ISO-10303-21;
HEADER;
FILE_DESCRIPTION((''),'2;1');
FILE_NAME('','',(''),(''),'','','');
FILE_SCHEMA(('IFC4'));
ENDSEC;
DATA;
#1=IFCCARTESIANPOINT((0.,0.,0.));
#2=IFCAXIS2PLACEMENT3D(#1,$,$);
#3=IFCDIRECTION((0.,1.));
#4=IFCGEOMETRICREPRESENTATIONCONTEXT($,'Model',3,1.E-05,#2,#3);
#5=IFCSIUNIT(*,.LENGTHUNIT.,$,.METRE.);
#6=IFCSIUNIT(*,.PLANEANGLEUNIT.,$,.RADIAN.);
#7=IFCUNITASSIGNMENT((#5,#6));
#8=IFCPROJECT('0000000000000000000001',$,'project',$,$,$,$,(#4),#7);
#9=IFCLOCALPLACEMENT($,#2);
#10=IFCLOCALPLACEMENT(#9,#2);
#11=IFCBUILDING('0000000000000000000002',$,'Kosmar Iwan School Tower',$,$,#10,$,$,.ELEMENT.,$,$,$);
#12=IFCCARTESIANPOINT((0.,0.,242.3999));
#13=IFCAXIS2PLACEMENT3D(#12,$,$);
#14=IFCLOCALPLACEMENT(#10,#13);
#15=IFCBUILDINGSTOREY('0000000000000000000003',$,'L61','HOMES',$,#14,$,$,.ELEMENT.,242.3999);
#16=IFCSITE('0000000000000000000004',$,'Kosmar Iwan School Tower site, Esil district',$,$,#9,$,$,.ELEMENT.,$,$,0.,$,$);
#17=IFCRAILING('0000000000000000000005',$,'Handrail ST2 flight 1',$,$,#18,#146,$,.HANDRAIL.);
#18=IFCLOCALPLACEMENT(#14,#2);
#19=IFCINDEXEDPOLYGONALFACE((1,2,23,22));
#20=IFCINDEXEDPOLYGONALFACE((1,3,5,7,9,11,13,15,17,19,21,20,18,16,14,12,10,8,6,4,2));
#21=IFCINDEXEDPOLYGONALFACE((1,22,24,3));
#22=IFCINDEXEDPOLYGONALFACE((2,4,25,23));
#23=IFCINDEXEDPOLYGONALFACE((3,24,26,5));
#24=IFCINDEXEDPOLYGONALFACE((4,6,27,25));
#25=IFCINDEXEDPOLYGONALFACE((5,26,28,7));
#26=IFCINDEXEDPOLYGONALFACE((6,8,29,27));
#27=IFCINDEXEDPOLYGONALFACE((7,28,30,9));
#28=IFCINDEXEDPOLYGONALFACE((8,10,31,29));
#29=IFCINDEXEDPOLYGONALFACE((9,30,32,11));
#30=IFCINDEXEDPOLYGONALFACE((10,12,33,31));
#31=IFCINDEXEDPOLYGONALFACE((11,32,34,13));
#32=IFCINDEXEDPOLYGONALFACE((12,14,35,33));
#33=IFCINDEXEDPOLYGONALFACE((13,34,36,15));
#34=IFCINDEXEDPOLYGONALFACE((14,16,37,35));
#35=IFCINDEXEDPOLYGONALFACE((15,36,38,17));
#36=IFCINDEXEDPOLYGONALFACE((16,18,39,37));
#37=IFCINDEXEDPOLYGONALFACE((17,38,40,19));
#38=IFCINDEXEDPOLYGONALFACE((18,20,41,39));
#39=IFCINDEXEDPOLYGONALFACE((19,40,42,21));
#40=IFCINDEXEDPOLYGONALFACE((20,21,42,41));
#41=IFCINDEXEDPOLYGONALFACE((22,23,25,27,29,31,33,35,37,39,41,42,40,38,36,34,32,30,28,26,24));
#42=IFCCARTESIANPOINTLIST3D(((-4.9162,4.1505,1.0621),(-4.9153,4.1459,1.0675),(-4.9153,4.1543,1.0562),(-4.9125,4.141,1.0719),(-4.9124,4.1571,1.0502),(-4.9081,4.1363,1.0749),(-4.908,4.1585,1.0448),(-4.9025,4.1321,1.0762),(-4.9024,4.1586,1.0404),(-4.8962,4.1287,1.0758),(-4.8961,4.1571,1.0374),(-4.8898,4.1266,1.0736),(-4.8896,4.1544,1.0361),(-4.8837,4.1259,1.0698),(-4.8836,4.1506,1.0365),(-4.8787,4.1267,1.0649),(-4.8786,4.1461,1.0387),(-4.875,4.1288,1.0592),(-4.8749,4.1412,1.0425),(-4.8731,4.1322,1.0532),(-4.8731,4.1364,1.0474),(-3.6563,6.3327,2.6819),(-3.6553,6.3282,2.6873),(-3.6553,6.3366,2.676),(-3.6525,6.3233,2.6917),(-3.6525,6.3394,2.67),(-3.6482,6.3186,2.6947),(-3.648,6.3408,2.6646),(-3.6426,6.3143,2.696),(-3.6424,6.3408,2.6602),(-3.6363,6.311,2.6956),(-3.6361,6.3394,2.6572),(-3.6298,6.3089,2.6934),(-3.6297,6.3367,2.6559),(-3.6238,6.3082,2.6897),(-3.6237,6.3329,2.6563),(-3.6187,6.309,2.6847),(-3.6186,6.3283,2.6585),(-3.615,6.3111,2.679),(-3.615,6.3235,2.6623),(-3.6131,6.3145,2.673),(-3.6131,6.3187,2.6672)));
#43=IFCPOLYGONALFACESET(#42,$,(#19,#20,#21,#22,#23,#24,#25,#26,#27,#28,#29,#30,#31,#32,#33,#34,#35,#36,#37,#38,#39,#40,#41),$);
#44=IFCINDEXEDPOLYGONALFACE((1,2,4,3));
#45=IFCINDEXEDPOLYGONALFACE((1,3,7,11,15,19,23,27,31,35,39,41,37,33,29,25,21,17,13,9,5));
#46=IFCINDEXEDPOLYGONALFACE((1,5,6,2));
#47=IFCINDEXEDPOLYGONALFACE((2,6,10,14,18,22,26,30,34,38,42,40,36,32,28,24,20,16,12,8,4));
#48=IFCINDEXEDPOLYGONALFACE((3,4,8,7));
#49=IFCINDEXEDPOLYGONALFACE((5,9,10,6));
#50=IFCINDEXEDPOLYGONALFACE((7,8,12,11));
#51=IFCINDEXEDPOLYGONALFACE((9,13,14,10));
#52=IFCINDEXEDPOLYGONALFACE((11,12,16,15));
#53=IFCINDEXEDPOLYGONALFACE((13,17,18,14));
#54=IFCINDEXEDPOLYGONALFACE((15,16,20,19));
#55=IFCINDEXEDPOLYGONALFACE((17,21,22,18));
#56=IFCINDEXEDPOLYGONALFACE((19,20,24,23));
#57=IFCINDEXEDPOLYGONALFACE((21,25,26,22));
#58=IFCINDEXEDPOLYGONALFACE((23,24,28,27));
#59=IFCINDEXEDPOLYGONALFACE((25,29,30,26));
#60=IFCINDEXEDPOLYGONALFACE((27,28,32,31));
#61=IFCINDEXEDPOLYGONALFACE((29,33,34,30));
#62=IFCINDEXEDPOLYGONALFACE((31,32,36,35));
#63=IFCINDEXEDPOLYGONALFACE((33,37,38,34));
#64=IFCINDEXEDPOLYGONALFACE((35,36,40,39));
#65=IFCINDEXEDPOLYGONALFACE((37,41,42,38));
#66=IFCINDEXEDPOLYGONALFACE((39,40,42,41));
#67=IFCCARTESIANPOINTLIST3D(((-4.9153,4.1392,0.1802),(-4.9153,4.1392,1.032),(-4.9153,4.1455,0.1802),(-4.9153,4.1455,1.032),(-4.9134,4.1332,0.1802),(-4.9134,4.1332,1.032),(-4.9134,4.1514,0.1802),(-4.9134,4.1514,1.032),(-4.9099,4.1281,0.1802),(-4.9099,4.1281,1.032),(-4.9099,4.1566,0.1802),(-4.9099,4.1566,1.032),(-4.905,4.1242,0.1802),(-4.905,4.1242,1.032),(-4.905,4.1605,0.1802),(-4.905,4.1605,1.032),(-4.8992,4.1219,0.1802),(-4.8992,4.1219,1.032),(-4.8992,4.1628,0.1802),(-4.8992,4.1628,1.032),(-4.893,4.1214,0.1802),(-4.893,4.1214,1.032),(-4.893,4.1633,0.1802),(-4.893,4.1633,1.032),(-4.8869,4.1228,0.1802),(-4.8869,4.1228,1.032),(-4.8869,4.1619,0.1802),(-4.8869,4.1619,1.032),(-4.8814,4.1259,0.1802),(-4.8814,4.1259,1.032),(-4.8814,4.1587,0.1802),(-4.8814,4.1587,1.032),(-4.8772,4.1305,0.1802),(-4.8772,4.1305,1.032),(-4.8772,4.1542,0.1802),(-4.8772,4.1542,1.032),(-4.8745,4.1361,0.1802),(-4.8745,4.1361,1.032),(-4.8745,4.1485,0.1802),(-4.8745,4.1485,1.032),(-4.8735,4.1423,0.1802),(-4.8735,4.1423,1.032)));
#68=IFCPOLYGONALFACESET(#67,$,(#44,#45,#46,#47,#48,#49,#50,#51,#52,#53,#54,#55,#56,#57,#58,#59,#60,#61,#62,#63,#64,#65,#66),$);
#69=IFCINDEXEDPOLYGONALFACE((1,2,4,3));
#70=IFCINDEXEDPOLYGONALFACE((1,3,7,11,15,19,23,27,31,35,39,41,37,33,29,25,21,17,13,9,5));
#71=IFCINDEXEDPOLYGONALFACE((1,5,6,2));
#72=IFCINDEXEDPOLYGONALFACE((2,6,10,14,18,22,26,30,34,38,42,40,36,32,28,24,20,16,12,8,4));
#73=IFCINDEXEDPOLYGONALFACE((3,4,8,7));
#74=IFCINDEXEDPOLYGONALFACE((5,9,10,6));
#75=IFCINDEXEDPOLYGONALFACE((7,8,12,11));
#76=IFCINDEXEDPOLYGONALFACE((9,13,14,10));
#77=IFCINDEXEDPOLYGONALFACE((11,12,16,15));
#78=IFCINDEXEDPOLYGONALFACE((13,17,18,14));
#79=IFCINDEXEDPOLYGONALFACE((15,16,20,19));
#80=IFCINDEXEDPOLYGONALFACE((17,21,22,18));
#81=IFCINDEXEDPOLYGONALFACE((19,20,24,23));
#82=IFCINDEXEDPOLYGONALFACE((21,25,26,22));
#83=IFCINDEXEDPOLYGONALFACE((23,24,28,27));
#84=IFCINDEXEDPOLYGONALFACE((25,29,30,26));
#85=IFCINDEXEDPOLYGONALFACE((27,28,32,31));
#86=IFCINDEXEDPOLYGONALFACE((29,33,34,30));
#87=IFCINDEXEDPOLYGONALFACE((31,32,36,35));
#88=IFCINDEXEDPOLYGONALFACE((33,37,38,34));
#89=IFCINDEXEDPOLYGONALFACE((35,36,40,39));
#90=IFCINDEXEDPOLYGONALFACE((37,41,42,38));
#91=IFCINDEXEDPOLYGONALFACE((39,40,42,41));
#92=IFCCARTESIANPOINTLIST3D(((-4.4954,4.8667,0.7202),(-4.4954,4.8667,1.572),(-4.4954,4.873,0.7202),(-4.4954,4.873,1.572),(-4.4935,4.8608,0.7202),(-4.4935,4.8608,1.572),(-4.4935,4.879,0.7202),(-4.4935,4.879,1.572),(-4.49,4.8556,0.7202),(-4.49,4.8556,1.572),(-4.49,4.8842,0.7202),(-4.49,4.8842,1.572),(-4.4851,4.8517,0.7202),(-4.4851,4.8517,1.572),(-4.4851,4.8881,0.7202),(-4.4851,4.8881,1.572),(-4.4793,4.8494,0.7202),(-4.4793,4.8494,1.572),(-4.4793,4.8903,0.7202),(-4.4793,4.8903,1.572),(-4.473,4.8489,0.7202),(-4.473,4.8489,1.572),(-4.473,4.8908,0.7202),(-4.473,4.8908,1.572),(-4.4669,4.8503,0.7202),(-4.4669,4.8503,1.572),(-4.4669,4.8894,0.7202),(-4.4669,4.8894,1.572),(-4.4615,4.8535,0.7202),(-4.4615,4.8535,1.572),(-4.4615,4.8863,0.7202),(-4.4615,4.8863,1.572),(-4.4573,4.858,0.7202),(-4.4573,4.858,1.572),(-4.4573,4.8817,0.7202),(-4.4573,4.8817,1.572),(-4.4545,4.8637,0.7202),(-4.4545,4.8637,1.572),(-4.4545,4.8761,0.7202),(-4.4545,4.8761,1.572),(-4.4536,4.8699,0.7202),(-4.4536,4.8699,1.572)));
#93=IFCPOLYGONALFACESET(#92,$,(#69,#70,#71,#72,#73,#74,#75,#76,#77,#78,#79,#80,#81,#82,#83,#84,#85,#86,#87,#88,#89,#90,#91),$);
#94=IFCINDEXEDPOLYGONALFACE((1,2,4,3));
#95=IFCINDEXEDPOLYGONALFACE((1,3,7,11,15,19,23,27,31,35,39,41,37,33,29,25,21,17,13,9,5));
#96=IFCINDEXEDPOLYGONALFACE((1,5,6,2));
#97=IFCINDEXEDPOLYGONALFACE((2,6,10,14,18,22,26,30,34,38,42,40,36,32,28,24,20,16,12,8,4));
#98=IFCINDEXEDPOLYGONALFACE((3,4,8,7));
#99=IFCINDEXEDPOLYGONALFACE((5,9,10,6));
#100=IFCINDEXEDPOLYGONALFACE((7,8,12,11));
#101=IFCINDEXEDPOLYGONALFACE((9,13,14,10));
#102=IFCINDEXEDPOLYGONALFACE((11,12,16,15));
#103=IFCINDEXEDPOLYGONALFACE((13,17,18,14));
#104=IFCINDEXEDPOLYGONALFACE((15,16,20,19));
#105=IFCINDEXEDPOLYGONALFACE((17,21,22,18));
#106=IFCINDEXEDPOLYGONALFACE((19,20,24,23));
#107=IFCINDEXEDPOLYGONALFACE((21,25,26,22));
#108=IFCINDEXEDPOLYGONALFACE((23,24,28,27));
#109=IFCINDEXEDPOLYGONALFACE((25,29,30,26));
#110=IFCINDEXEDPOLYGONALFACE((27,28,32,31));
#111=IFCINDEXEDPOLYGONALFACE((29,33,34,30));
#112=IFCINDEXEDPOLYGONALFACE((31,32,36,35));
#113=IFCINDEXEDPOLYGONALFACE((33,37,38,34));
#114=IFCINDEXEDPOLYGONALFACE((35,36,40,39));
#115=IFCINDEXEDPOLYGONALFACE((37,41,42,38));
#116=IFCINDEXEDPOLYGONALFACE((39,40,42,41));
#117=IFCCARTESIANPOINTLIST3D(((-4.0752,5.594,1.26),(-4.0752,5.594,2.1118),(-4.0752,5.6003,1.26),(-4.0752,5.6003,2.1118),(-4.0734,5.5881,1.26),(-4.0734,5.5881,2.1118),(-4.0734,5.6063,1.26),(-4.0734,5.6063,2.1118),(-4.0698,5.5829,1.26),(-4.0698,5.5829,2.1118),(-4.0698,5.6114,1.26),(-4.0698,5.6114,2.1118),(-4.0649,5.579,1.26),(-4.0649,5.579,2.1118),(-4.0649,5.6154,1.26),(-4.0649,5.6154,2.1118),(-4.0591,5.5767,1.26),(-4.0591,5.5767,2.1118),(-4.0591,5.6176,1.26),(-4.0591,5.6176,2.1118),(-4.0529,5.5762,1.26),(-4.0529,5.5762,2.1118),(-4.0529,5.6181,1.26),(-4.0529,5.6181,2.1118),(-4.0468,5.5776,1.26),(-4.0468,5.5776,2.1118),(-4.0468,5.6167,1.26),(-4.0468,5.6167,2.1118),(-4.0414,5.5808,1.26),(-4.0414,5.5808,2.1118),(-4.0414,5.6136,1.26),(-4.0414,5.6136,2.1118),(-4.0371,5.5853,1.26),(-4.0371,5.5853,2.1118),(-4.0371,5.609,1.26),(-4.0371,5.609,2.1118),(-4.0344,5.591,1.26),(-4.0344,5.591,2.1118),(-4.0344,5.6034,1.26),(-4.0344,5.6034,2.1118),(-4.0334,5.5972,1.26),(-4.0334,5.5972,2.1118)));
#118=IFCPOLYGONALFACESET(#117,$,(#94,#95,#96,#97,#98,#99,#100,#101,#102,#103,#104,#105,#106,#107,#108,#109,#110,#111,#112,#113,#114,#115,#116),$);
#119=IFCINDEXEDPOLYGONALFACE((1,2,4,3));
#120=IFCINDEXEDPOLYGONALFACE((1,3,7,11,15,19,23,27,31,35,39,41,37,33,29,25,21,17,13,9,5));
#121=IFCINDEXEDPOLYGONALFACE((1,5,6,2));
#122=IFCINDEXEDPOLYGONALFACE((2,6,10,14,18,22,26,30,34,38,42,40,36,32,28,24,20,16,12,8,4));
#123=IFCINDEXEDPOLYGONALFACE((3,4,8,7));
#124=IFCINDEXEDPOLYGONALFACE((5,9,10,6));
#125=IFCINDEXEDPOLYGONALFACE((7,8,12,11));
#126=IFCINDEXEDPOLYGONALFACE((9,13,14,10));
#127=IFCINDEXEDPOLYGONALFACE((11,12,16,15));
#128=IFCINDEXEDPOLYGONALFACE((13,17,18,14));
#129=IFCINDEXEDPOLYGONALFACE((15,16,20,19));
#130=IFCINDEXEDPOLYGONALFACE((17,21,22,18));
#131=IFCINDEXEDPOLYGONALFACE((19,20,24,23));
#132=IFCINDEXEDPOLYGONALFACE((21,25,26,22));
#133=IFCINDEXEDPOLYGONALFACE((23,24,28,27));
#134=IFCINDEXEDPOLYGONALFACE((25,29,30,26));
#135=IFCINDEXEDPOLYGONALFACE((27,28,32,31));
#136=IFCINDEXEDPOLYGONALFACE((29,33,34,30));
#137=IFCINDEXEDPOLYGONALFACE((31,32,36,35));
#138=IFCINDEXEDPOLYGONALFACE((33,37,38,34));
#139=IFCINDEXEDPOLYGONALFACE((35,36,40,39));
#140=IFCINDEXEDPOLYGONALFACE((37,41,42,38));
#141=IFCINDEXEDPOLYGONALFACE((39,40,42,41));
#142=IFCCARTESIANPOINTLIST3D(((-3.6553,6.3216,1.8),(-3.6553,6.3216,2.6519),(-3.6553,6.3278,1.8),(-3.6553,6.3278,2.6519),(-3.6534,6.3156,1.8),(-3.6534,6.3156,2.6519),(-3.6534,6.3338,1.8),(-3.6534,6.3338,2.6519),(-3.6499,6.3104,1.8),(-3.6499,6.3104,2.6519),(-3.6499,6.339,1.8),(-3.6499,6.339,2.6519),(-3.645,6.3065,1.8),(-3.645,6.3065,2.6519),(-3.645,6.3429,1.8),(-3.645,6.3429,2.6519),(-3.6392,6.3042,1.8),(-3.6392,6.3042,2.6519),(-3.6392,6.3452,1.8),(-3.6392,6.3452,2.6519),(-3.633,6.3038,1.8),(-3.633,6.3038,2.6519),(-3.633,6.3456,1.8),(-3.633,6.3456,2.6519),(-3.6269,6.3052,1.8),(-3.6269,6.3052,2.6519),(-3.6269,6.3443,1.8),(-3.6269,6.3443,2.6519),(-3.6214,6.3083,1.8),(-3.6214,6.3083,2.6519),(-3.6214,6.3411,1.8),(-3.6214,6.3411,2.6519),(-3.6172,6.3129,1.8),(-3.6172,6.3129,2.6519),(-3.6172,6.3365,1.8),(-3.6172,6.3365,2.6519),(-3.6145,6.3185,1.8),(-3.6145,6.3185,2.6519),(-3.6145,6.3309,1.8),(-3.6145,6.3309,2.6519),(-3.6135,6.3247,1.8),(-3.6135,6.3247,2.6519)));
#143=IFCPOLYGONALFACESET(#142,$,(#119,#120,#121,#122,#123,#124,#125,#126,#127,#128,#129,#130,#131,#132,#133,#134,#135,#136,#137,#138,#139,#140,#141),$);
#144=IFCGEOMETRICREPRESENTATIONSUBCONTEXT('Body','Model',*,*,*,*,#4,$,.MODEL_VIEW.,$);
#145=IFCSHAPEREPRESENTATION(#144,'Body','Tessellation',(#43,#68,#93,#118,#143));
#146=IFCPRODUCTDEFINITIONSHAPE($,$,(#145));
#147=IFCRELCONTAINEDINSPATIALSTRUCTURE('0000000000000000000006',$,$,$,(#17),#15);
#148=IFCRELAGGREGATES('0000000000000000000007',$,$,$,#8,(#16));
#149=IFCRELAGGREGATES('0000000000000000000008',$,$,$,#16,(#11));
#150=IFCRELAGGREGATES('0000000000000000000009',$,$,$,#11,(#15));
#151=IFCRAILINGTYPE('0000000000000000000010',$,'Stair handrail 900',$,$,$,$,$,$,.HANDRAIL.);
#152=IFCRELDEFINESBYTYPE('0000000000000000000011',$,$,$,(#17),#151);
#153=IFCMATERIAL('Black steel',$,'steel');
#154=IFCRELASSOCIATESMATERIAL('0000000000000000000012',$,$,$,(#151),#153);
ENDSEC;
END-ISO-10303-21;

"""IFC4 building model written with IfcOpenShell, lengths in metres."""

from ifc_helpers import new_model, si_unit, direction, frame, origin, origin_2d, place, context, subcontext, project, spatial, circle, extrude, material, type_object, element, save


model = new_model("IFC4")

# Units and contexts
model_context = context("Model", 3, precision=1e-05, world=origin(), true_north=direction((0.0, 1.0)))
body_context = subcontext(model_context, "Body", "Model", "MODEL_VIEW")
ifc_project = project(units=[si_unit("LENGTHUNIT", "METRE"), si_unit("PLANEANGLEUNIT", "RADIAN")], contexts=[model_context])

# Site, building, storey
site_placement = place(None, origin())
site = spatial("IfcSite", under=ifc_project, at=site_placement, Name="Kosmar Iwan School Tower site, Esil district", CompositionType="ELEMENT", RefElevation=0.0)
building_placement = place(site_placement, origin())
building = spatial("IfcBuilding", under=site, at=building_placement, Name="Kosmar Iwan School Tower", CompositionType="ELEMENT")
storey_placement = place(building_placement, frame((0.0, 0.0, 242.3999)))
storey = spatial("IfcBuildingStorey", under=building, at=storey_placement, Name="L61", Description="HOMES", CompositionType="ELEMENT", Elevation=242.3999)

# Railing
ifc_material_1 = material(Name="Black steel", Category="steel")
railing_type = type_object("IfcRailingType", Name="Stair handrail 900", PredefinedType="HANDRAIL", material=ifc_material_1)
railing_1_placement = place(storey_placement, frame((-4.8945, 4.1423, 0.1802)))
element("IfcRailing", 1, at=railing_1_placement, inside=storey, type_object=railing_type, Name="Handrail ST2 flight 1", PredefinedType="HANDRAIL", context=body_context, shape_type="SweptSolid", body=[
    extrude(circle(Radius=0.0239, at=origin_2d()), frame((0.0, 0.0, 0.876), z_axis=(0.420603, 0.728496, 0.540728), x_axis=(-0.866023, 0.500005, 0.0)), (0.0, 0.0, 1.0), 2.9956),
    extrude(circle(Radius=0.021, at=origin_2d()), origin(), (0.0, 0.0, 1.0), 0.8518),
    extrude(circle(Radius=0.021, at=origin_2d()), frame((0.4199, 0.7275, 0.54)), (0.0, 0.0, 1.0), 0.8518),
    extrude(circle(Radius=0.021, at=origin_2d()), frame((0.8401, 1.4548, 1.0798)), (0.0, 0.0, 1.0), 0.8518),
    extrude(circle(Radius=0.021, at=origin_2d()), frame((1.26, 2.1824, 1.6199)), (0.0, 0.0, 1.0), 0.8518),
])

save(model, "model.ifc")
